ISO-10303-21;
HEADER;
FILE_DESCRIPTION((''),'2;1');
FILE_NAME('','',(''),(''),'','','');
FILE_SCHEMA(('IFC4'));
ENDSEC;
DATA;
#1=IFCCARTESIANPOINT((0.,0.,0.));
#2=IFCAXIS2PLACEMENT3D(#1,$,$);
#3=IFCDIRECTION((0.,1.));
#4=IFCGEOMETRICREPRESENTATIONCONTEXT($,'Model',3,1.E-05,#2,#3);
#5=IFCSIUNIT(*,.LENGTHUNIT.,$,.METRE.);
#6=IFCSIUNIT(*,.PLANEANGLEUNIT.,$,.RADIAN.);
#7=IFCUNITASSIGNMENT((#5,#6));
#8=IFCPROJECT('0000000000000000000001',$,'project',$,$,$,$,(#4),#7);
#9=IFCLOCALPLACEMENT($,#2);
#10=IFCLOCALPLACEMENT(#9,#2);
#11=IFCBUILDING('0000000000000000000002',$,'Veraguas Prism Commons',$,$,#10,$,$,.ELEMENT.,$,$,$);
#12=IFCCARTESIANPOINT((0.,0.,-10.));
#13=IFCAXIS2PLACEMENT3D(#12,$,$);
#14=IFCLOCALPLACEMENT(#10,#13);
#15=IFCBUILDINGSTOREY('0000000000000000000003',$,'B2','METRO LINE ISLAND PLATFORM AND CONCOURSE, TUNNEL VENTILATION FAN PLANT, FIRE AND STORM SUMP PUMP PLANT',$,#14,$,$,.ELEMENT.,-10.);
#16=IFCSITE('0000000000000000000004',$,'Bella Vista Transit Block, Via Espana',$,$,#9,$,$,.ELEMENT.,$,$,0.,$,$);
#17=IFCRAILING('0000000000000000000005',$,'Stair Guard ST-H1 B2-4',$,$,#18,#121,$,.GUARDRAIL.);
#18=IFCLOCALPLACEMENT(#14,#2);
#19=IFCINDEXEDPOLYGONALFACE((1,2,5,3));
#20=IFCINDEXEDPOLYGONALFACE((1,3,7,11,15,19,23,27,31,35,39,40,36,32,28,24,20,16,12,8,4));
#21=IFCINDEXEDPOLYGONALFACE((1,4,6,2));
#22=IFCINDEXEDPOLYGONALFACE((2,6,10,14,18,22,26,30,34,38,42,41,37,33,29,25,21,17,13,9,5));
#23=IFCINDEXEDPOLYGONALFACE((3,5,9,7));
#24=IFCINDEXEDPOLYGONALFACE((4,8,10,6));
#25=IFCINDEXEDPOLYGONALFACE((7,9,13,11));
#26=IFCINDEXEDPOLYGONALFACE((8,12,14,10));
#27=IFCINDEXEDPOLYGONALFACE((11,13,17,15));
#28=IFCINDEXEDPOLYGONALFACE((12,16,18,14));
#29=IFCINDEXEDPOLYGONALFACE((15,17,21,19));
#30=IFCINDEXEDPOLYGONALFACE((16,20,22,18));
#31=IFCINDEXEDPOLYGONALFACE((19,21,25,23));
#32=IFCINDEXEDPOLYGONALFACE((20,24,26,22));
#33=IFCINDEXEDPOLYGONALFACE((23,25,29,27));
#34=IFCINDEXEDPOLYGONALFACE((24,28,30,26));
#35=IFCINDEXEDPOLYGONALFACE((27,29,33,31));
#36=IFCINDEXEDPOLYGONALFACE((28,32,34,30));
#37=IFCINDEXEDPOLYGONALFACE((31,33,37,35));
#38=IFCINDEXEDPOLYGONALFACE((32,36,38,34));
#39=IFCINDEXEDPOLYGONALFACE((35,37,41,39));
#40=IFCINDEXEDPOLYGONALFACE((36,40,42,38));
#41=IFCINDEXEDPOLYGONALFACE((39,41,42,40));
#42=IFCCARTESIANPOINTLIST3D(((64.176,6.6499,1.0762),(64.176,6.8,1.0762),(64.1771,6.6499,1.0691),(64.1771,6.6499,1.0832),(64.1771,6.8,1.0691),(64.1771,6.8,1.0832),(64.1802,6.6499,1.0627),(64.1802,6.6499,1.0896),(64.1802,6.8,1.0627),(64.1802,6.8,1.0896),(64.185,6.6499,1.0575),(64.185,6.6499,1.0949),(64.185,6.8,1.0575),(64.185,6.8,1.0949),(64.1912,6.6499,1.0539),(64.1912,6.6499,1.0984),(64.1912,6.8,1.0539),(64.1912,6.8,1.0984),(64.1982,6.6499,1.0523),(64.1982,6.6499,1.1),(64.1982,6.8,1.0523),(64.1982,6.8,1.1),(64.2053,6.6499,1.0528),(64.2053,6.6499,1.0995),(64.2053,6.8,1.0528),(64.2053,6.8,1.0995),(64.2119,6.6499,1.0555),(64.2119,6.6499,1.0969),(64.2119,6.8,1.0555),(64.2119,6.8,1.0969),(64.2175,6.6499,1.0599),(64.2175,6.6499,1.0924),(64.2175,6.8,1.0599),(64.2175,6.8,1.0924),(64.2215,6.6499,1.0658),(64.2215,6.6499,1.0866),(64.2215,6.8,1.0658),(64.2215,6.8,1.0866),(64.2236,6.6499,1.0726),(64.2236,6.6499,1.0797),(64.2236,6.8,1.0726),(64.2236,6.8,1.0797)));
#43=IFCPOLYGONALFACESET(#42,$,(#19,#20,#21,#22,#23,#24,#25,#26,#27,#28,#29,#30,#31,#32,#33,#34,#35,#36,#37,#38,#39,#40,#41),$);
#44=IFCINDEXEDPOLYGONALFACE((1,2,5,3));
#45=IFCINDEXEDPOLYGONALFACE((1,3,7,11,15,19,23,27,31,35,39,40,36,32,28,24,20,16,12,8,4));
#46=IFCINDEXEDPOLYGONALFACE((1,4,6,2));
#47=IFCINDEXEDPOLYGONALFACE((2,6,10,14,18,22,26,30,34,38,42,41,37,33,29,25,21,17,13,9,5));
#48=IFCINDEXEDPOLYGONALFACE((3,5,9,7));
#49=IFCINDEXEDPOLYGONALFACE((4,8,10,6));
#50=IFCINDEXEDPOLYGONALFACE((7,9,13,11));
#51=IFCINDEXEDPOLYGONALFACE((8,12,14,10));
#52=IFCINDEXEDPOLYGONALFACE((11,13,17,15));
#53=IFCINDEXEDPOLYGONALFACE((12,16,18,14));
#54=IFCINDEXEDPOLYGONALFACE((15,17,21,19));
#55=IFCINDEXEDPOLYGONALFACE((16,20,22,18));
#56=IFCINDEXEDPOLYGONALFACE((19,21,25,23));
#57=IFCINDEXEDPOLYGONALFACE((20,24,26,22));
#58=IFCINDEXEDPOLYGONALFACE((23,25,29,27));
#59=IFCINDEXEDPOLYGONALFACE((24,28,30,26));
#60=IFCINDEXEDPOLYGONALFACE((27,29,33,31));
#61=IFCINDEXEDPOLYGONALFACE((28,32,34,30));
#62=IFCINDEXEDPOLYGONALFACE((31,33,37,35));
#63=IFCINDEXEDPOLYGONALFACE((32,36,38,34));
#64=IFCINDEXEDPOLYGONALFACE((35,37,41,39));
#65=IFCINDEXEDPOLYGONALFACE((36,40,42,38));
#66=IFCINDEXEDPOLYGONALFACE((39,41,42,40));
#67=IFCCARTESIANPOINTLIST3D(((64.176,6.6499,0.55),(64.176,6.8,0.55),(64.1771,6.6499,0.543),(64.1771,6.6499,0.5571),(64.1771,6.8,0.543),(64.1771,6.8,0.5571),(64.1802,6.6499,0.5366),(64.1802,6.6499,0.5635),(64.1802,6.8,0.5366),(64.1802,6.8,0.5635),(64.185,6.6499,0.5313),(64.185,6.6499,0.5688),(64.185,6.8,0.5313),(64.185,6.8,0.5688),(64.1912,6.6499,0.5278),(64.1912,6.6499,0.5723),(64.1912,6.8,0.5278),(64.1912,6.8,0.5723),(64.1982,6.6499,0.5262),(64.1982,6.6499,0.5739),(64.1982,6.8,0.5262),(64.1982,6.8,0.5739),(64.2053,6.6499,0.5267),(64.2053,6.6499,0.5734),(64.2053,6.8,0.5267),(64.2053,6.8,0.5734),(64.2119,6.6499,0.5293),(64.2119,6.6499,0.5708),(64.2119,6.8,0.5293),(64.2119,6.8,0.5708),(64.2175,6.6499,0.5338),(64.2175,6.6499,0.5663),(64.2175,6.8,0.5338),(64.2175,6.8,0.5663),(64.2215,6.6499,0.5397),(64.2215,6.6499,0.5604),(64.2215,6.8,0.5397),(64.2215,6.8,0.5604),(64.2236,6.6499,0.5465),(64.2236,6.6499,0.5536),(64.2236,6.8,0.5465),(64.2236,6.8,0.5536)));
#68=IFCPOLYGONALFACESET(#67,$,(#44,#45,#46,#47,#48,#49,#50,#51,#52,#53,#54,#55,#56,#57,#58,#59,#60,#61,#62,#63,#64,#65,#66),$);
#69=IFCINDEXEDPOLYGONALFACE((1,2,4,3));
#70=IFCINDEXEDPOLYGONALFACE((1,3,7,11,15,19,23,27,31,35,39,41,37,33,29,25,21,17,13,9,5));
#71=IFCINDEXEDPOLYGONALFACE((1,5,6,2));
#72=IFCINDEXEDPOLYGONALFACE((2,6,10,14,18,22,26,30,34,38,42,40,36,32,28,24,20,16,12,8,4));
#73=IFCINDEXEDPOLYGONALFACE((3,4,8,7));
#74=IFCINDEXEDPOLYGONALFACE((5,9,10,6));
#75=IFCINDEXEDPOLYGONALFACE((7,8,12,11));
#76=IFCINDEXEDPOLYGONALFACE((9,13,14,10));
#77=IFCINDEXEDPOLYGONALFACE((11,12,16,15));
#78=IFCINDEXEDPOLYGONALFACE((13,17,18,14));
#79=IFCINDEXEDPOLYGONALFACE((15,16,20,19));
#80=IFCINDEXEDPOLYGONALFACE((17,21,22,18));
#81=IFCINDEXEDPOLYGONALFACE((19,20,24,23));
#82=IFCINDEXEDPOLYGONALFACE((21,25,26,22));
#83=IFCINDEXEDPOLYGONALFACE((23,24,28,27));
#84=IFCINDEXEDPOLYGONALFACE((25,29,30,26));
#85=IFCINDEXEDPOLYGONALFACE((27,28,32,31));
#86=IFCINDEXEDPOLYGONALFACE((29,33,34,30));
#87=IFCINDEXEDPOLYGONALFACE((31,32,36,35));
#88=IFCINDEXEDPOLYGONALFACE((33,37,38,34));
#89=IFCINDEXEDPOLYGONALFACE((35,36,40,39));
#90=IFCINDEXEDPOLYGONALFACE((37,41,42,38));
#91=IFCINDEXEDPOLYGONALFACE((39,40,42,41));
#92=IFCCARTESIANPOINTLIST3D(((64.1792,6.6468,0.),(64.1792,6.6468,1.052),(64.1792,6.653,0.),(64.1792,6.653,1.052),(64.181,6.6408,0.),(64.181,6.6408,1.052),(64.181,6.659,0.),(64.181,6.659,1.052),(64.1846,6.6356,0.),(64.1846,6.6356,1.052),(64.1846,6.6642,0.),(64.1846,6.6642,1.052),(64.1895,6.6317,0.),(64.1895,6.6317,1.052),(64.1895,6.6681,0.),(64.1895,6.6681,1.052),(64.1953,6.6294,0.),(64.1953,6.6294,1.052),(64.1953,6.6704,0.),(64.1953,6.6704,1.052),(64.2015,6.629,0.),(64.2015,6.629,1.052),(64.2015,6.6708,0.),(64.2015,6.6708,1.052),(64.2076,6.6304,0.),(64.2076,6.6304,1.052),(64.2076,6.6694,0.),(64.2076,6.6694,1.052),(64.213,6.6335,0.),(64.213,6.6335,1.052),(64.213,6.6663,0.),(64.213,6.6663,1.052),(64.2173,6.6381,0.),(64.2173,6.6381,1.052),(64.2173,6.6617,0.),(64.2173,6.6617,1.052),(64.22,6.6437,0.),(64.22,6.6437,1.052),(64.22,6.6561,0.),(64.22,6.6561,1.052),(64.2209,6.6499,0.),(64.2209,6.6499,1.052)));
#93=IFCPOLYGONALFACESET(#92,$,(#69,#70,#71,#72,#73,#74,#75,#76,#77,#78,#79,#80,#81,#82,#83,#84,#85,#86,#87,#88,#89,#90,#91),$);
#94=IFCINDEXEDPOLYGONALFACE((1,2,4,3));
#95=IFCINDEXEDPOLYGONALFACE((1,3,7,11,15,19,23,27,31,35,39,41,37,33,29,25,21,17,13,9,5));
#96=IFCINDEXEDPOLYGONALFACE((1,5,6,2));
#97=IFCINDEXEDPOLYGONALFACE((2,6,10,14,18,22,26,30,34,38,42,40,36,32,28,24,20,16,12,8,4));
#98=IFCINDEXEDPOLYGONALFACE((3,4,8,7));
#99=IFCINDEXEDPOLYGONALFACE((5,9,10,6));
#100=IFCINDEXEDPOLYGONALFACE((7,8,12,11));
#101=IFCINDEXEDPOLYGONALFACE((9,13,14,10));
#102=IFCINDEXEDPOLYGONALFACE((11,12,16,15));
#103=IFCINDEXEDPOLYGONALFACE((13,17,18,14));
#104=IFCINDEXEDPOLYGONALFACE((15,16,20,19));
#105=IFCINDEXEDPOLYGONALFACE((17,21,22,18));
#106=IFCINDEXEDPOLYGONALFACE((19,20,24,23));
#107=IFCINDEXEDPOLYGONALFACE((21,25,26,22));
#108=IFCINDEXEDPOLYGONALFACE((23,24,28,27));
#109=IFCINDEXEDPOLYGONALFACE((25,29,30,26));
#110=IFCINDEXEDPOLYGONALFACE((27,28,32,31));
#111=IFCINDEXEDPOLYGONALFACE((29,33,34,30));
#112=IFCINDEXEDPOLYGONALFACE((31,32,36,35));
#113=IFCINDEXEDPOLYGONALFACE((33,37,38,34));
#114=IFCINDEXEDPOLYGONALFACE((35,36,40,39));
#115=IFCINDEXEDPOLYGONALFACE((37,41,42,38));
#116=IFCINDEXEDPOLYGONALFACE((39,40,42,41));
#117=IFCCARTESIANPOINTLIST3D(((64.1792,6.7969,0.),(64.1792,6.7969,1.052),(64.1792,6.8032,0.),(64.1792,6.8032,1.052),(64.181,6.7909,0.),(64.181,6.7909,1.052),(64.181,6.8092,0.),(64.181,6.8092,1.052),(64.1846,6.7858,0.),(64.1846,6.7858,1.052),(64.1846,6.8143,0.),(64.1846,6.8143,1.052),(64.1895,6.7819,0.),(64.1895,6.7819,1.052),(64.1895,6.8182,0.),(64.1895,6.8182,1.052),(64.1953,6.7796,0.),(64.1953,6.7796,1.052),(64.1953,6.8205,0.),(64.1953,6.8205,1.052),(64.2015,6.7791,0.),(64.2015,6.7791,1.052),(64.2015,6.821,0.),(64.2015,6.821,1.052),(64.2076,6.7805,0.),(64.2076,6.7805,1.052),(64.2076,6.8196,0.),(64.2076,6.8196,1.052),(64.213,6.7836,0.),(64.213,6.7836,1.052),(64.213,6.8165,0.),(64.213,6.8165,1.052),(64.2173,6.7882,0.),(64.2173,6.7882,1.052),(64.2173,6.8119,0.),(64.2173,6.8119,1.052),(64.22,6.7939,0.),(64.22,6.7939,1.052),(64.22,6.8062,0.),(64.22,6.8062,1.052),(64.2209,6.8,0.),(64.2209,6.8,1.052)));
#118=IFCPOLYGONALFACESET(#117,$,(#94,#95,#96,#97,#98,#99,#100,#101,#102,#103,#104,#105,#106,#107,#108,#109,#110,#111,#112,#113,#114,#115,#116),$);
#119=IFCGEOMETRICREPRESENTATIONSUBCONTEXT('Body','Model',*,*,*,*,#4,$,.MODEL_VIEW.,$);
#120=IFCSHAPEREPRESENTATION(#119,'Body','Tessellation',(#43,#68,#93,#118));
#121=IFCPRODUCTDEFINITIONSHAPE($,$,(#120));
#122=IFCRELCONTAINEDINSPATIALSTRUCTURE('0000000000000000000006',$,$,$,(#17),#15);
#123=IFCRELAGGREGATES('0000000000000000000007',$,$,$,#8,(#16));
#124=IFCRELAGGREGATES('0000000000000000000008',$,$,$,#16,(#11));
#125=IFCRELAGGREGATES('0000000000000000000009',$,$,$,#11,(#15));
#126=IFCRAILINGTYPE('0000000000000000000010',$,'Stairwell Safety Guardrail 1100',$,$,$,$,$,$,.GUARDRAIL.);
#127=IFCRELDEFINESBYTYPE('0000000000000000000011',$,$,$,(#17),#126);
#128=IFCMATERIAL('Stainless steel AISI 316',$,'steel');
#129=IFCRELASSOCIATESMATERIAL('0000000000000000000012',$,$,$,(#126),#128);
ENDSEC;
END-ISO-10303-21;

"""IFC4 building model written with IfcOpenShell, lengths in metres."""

from ifc_helpers import new_model, si_unit, direction, frame, origin, origin_2d, place, context, subcontext, project, spatial, circle, extrude, material, type_object, element, save


model = new_model("IFC4")

# Units and contexts
model_context = context("Model", 3, precision=1e-05, world=origin(), true_north=direction((0.0, 1.0)))
body_context = subcontext(model_context, "Body", "Model", "MODEL_VIEW")
ifc_project = project(units=[si_unit("LENGTHUNIT", "METRE"), si_unit("PLANEANGLEUNIT", "RADIAN")], contexts=[model_context])

# Site, building, storey
site_placement = place(None, origin())
site = spatial("IfcSite", under=ifc_project, at=site_placement, Name="Bella Vista Transit Block, Via Espana", CompositionType="ELEMENT", RefElevation=0.0)
building_placement = place(site_placement, origin())
building = spatial("IfcBuilding", under=site, at=building_placement, Name="Veraguas Prism Commons", CompositionType="ELEMENT")
storey_placement = place(building_placement, frame((0.0, 0.0, -10.0)))
storey = spatial("IfcBuildingStorey", under=building, at=storey_placement, Name="B2", Description="METRO LINE ISLAND PLATFORM AND CONCOURSE, TUNNEL VENTILATION FAN PLANT, FIRE AND STORM SUMP PUMP PLANT", CompositionType="ELEMENT", Elevation=-10.0)

# Railing
ifc_material_1 = material(Name="Stainless steel AISI 316", Category="steel")
railing_type_1 = type_object("IfcRailingType", Name="Stairwell Safety Guardrail 1100", PredefinedType="GUARDRAIL", material=ifc_material_1)
railing_1_placement = place(storey_placement, frame((64.2, 6.6499, 0.0)))
element("IfcRailing", 1, at=railing_1_placement, inside=storey, type_object=railing_type_1, Name="Stair Guard ST-H1 B2-4", PredefinedType="GUARDRAIL", context=body_context, shape_type="SweptSolid", body=[
    extrude(circle(Radius=0.0239, at=origin_2d()), frame((0.0, 0.0, 1.0762), z_axis=(0.0, 1.0, 0.0), x_axis=(-1.0, 0.0, 0.0)), (0.0, 0.0, 1.0), 0.1501),
    extrude(circle(Radius=0.0239, at=origin_2d()), frame((0.0, 0.0, 0.55), z_axis=(0.0, 1.0, 0.0), x_axis=(-1.0, 0.0, 0.0)), (0.0, 0.0, 1.0), 0.1501),
    extrude(circle(Radius=0.021, at=origin_2d()), origin(), (0.0, 0.0, 1.0), 1.052),
    extrude(circle(Radius=0.021, at=origin_2d()), frame((0.0, 0.1501, 0.0)), (0.0, 0.0, 1.0), 1.052),
])

save(model, "model.ifc")
